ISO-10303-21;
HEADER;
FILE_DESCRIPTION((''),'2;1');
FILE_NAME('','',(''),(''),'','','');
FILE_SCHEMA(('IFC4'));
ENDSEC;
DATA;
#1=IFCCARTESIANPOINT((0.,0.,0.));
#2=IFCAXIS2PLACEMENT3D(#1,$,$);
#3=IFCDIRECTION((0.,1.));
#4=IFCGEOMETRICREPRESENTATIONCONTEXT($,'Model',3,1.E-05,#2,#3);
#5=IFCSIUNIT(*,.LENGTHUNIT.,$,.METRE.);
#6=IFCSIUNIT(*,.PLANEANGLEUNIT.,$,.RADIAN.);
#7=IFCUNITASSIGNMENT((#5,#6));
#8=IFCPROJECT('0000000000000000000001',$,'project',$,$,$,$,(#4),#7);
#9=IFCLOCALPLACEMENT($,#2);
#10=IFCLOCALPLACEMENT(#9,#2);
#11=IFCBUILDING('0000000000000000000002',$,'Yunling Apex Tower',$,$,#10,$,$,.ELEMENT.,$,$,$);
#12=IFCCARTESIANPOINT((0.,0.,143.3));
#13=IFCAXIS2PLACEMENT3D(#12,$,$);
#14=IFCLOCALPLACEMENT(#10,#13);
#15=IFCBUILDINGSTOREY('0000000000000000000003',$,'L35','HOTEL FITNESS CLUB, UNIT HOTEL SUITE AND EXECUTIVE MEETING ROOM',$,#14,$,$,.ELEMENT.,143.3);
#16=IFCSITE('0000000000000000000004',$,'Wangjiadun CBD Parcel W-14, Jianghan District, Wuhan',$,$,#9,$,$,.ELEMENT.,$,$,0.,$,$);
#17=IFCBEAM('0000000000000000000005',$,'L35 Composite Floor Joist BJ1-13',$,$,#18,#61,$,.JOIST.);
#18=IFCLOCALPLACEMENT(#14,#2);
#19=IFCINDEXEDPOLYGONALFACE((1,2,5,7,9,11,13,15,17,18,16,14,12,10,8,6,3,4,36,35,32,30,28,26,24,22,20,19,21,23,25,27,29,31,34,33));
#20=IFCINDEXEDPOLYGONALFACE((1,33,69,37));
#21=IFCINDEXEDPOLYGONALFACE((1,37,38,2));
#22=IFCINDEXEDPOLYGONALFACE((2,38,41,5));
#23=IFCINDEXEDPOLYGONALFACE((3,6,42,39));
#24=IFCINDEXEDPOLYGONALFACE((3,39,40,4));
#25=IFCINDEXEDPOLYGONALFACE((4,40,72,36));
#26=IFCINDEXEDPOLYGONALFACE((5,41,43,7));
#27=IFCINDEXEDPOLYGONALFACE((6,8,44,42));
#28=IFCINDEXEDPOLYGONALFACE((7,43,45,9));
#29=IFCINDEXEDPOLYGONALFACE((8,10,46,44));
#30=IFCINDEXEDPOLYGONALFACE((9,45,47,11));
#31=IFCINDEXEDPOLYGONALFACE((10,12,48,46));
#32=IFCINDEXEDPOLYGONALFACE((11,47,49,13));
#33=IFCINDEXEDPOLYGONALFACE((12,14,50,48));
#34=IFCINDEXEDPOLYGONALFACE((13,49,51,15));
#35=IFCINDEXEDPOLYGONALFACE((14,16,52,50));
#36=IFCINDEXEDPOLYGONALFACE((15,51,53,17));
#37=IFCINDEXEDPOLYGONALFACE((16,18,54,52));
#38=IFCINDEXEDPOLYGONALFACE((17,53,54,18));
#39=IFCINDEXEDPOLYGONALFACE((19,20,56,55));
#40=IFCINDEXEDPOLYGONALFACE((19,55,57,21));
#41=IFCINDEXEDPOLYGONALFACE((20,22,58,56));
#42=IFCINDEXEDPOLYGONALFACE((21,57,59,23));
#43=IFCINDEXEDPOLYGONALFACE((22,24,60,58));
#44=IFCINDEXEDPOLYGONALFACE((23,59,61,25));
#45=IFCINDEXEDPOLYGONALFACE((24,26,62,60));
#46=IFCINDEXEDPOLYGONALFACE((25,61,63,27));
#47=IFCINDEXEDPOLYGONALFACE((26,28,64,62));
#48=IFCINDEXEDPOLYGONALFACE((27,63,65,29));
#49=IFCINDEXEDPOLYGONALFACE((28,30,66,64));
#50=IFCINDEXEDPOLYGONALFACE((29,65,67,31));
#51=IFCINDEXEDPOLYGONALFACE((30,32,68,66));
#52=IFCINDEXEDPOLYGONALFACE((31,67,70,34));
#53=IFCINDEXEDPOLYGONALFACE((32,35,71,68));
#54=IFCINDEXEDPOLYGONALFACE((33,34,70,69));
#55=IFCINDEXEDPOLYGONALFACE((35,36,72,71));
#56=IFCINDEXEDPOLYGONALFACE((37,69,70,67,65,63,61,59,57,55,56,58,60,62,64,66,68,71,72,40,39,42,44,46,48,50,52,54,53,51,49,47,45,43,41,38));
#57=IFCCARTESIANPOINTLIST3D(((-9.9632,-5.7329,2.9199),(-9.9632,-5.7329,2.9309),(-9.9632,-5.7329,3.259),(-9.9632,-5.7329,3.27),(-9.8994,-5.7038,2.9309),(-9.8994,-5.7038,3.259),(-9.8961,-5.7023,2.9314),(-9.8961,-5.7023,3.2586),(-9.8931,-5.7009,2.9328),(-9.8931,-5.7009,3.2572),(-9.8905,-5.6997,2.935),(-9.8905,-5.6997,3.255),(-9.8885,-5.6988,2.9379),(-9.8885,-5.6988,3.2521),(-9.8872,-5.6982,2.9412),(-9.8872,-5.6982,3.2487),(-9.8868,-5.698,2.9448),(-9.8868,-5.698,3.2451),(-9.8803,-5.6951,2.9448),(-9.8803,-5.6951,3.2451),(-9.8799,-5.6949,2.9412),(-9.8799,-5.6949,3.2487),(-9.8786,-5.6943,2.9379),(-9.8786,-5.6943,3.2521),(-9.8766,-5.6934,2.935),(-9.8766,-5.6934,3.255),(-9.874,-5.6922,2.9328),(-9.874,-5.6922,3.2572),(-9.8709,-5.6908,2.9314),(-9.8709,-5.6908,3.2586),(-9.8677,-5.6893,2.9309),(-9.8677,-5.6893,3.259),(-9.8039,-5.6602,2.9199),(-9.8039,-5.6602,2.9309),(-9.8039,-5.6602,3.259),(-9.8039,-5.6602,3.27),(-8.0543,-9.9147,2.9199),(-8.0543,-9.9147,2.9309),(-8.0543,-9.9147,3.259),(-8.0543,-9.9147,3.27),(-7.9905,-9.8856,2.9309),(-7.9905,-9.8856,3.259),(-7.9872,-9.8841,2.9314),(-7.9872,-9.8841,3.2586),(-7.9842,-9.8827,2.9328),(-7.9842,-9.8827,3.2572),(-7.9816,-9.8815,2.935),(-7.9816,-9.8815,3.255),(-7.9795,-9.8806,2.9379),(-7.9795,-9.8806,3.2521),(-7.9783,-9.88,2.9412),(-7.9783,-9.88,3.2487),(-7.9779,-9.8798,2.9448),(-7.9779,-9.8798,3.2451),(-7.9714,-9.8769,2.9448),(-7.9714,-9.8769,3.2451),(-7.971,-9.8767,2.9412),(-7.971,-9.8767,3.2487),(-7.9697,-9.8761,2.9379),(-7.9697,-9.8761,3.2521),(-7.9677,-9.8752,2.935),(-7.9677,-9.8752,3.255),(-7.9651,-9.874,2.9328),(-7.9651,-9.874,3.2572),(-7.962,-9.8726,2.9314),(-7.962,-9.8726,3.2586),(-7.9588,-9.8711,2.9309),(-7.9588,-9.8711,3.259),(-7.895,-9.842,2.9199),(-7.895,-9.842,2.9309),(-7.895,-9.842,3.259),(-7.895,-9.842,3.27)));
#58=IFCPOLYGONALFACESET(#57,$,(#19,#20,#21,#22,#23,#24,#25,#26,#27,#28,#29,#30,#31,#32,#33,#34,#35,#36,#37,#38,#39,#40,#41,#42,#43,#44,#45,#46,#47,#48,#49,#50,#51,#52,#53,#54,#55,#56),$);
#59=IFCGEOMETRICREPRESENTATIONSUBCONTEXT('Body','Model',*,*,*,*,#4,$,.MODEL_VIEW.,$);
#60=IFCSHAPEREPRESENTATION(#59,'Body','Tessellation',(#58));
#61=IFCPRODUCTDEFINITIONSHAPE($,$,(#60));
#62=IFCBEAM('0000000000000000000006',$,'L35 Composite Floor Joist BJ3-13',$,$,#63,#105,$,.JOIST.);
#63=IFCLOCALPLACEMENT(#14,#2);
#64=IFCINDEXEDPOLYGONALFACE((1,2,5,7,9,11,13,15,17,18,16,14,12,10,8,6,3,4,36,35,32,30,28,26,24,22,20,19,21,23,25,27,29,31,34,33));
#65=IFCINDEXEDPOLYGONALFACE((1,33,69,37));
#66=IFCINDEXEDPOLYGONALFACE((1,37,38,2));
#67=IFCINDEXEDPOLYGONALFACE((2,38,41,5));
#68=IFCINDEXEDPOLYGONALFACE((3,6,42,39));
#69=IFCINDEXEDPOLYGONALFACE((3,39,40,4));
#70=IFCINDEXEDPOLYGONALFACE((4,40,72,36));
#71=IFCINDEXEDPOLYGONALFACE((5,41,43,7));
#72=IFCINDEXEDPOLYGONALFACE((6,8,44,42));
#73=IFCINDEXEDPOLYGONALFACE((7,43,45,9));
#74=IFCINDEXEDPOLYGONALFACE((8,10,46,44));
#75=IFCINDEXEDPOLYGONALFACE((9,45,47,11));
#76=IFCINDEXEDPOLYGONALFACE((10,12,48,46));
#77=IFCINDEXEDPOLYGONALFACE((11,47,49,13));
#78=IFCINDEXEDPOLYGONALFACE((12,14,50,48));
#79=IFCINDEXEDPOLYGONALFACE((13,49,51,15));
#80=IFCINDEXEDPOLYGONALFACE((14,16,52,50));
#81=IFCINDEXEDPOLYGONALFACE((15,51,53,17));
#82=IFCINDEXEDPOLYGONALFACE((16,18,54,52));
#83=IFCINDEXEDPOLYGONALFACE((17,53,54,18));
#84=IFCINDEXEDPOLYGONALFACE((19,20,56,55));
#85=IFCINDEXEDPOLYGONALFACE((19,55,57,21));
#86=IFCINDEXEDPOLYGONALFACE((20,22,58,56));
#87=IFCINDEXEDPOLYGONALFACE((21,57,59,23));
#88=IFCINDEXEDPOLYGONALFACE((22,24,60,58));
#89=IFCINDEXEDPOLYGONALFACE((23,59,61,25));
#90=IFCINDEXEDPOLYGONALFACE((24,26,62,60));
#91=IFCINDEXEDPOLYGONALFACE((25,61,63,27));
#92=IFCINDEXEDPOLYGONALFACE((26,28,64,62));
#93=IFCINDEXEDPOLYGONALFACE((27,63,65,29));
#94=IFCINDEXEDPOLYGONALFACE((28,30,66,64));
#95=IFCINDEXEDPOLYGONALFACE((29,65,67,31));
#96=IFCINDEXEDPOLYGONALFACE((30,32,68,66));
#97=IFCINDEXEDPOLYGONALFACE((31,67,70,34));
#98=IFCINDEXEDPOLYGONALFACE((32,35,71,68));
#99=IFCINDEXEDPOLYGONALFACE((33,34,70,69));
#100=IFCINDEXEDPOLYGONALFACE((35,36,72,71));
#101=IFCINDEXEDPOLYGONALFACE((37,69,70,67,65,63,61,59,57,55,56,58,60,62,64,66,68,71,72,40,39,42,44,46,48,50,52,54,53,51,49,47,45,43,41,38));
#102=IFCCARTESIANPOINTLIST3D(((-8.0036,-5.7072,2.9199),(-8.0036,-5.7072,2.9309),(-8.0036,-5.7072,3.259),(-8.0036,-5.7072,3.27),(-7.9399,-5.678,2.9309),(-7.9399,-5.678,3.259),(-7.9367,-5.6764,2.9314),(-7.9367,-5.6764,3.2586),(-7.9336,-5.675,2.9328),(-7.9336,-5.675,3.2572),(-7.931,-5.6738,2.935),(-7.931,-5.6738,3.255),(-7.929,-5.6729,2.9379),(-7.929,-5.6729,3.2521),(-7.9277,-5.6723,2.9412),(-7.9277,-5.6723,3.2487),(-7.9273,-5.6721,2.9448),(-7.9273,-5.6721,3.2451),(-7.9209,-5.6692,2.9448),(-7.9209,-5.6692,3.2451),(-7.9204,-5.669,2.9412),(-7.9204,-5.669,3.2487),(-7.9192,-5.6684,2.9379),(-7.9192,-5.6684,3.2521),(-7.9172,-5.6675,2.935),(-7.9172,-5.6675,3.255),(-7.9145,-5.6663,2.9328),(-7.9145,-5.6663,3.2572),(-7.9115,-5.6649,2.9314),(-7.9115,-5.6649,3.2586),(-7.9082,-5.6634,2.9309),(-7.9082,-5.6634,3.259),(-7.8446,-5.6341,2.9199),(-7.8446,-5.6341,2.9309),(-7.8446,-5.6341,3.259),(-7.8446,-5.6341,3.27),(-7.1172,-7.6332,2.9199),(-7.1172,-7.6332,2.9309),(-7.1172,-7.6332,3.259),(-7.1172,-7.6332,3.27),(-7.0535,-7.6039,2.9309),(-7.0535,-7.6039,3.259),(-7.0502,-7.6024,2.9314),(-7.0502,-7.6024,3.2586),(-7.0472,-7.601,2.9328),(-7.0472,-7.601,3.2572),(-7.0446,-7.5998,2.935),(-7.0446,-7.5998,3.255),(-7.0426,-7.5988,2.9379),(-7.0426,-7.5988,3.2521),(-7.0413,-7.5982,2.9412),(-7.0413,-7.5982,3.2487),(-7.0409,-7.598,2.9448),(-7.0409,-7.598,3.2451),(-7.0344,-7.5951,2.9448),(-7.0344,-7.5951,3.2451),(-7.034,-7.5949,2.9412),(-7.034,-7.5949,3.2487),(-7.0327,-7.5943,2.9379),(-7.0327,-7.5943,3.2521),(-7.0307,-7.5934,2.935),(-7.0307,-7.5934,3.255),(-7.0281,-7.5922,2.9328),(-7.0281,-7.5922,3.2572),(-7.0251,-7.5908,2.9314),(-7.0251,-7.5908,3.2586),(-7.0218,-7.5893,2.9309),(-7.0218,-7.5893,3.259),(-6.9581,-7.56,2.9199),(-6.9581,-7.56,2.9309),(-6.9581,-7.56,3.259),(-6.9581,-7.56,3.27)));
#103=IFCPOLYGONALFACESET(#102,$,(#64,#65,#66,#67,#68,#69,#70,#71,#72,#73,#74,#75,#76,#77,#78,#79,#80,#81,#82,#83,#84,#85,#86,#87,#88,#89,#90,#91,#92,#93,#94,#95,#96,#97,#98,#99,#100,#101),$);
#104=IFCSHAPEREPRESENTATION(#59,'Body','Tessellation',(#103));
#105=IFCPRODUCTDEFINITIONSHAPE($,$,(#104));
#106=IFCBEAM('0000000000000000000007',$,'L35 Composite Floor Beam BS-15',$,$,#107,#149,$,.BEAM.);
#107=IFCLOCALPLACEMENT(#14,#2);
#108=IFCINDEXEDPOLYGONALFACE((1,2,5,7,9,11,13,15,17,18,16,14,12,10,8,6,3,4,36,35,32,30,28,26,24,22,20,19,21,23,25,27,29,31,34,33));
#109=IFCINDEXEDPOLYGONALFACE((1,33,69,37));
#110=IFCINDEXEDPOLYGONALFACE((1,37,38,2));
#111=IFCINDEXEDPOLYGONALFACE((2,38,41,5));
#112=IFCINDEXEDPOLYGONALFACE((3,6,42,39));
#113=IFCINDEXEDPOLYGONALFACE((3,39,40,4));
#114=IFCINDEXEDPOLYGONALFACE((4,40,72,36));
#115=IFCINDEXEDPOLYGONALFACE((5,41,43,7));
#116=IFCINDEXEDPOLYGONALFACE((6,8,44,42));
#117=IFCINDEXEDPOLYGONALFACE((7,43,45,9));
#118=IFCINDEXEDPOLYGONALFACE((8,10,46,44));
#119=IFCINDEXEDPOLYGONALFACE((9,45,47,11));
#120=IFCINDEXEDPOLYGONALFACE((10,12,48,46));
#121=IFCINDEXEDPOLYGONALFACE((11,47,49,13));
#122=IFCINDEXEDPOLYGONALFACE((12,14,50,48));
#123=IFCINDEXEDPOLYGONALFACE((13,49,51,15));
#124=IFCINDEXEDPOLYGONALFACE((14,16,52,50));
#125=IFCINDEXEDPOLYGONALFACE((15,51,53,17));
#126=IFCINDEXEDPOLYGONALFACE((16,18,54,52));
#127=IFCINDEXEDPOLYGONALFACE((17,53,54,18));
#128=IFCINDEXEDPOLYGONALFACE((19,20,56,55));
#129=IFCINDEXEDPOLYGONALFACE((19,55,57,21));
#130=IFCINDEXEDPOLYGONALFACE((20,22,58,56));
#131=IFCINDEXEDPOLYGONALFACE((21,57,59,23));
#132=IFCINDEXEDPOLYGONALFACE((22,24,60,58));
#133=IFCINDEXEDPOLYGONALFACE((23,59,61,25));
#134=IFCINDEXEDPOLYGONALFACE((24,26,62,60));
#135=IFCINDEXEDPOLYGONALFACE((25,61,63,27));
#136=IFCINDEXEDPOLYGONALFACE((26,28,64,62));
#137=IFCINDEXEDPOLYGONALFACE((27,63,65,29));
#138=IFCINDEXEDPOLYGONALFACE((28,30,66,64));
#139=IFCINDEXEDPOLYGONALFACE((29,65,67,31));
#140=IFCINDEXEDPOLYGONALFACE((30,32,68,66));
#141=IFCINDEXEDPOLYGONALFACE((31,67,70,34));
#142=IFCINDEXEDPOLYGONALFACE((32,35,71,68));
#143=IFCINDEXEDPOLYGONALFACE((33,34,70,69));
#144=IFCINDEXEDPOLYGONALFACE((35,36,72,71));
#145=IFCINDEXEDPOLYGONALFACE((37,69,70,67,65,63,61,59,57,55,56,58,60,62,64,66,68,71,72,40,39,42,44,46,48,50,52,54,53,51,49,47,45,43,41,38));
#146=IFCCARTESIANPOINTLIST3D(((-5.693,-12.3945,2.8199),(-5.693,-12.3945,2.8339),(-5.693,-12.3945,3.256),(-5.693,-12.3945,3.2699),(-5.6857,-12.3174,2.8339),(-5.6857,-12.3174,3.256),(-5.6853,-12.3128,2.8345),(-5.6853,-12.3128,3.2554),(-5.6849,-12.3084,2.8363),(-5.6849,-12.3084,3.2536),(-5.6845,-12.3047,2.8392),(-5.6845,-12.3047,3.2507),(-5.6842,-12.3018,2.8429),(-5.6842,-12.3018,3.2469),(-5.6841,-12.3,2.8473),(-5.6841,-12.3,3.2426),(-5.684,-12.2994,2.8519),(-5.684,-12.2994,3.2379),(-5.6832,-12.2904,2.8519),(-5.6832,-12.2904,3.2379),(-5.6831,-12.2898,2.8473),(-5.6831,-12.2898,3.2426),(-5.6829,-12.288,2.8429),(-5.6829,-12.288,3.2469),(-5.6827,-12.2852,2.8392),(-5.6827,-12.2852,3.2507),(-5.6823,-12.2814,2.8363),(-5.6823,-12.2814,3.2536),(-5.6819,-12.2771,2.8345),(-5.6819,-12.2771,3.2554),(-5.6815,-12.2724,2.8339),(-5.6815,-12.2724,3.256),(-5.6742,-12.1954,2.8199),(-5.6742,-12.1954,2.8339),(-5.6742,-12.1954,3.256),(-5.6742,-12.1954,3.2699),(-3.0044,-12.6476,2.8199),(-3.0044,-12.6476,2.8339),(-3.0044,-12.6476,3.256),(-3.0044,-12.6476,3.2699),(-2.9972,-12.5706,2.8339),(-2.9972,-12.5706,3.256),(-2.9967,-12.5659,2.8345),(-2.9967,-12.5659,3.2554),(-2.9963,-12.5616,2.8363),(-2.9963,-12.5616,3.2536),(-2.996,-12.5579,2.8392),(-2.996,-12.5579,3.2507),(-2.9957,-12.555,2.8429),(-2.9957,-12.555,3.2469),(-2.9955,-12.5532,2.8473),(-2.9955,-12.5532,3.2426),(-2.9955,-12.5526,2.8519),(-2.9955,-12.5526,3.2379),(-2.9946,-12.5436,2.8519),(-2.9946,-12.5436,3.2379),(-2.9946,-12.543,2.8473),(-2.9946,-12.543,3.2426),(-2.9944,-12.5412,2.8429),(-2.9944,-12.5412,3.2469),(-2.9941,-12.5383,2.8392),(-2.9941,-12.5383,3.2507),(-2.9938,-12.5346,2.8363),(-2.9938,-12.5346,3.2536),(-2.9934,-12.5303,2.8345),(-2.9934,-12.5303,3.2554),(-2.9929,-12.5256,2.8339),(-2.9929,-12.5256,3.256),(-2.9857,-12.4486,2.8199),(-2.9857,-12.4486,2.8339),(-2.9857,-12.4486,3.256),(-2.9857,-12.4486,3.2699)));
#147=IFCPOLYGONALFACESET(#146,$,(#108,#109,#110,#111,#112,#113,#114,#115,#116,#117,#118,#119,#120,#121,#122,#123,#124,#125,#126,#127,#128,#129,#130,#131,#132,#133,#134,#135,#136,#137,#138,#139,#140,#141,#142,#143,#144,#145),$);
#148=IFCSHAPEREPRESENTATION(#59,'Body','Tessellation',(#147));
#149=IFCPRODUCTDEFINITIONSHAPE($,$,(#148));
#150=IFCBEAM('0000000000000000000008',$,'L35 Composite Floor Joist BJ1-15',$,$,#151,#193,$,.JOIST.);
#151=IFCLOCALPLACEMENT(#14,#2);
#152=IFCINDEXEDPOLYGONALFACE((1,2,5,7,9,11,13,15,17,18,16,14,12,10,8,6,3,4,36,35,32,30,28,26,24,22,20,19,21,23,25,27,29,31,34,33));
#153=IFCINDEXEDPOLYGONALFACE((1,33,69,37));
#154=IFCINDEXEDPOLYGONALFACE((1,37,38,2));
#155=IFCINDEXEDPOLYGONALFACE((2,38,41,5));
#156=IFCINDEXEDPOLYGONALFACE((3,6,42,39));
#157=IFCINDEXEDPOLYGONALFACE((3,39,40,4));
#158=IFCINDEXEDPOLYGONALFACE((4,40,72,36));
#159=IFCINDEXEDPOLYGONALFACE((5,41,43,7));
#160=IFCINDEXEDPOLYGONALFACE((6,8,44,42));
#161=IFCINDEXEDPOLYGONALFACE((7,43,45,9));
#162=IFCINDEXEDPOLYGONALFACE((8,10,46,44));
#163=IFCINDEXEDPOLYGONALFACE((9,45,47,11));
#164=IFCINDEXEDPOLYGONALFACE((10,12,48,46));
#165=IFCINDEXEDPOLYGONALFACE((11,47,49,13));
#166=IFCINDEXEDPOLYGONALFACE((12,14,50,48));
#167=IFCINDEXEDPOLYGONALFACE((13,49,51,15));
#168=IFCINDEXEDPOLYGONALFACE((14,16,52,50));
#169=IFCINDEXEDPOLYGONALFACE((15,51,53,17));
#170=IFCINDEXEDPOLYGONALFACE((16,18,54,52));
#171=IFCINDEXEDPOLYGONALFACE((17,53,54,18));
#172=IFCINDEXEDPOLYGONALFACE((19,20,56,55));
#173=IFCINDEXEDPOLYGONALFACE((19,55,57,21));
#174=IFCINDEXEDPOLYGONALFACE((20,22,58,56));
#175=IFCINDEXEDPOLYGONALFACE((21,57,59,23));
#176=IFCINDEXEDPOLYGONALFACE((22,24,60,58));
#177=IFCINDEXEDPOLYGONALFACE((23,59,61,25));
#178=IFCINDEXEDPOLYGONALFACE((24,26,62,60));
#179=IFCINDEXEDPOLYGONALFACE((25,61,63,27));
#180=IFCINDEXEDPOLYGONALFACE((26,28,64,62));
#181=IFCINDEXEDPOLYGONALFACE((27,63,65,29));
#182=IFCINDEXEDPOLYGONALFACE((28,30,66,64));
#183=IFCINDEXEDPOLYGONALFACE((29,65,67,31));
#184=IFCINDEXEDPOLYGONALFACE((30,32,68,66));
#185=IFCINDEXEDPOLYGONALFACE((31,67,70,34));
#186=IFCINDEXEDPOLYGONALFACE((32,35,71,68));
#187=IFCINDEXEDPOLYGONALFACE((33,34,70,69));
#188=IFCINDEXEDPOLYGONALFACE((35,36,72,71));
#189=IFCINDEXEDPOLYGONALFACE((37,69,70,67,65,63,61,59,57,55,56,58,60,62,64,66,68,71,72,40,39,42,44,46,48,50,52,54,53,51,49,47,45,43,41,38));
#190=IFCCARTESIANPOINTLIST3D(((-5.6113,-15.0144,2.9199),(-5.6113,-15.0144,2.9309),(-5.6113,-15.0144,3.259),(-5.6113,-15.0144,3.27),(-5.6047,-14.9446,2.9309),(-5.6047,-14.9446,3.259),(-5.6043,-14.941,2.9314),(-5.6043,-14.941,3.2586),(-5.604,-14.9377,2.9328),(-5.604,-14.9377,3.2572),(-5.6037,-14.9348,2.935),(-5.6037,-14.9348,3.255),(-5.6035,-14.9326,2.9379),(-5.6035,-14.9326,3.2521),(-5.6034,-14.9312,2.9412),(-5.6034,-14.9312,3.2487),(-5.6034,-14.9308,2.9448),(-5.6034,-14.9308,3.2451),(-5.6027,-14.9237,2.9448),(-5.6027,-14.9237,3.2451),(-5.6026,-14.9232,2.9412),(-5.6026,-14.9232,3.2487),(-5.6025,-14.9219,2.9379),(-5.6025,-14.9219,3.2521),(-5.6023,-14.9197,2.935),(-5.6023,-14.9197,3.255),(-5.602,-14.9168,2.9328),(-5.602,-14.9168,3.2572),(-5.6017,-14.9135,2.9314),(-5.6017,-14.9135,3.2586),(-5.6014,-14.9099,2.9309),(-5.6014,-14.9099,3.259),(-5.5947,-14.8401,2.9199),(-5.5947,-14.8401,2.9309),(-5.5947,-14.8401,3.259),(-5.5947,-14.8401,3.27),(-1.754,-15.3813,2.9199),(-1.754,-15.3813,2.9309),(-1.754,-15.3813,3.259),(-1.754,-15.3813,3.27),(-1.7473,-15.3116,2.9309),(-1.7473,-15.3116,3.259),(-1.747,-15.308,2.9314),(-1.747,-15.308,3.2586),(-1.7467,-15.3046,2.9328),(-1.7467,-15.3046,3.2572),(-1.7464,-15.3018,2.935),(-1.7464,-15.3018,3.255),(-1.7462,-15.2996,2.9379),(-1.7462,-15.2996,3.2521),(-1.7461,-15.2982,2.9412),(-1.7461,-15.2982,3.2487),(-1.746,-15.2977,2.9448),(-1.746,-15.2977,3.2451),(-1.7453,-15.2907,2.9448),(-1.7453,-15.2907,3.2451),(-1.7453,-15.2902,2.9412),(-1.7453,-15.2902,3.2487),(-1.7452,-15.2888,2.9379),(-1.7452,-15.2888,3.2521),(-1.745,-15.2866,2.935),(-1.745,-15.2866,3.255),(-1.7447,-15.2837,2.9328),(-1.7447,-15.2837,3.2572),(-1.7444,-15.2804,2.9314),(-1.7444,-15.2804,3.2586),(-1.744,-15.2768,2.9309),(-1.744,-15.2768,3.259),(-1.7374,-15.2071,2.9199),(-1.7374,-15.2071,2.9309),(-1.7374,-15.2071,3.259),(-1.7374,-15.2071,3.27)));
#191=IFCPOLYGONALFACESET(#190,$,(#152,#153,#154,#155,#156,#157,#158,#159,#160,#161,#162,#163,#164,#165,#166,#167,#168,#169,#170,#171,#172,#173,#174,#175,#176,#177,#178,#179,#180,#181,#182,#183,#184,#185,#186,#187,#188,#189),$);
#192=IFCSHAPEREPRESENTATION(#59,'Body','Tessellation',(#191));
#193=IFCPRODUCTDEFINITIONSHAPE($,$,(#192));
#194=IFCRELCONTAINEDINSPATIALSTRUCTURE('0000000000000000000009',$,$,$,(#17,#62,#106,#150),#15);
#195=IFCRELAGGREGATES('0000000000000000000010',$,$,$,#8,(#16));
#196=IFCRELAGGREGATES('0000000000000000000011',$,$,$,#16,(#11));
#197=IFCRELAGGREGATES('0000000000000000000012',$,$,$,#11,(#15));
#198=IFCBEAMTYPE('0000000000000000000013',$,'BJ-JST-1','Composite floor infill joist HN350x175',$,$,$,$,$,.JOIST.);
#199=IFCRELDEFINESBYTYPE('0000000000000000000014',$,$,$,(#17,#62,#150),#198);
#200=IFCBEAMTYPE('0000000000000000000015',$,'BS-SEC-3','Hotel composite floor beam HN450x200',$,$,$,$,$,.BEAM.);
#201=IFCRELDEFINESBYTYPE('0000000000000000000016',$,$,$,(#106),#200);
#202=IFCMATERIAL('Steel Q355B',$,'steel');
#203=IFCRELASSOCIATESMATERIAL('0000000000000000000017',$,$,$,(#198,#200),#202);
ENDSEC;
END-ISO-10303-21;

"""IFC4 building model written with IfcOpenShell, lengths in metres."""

from ifc_helpers import new_model, si_unit, direction, frame, origin, origin_2d, place, context, subcontext, project, spatial, i_section, extrude, source, transform, mapped, material, material_profile, profile_set, type_object, element, save


model = new_model("IFC4")

# Units and contexts
model_context = context("Model", 3, precision=1e-05, world=origin(), true_north=direction((0.0, 1.0)))
body_context = subcontext(model_context, "Body", "Model", "MODEL_VIEW")
ifc_project = project(units=[si_unit("LENGTHUNIT", "METRE"), si_unit("PLANEANGLEUNIT", "RADIAN")], contexts=[model_context])

# Site, building, storey
site_placement = place(None, origin())
site = spatial("IfcSite", under=ifc_project, at=site_placement, Name="Wangjiadun CBD Parcel W-14, Jianghan District, Wuhan", CompositionType="ELEMENT", RefElevation=0.0)
building_placement = place(site_placement, origin())
building = spatial("IfcBuilding", under=site, at=building_placement, Name="Yunling Apex Tower", CompositionType="ELEMENT")
storey_placement = place(building_placement, frame((0.0, 0.0, 143.3)))
storey = spatial("IfcBuildingStorey", under=building, at=storey_placement, Name="L35", Description="HOTEL FITNESS CLUB, UNIT HOTEL SUITE AND EXECUTIVE MEETING ROOM", CompositionType="ELEMENT", Elevation=143.3)

# Beams
ifc_material_1 = material(Name="Steel Q355B", Category="steel")
ifc_material_profile_1 = material_profile(ifc_material_1, i_section(OverallWidth=0.175, OverallDepth=0.3501, WebThickness=0.0071, FlangeThickness=0.011, FilletRadius=0.0139, at=origin_2d()))
ifc_profile_set_1 = profile_set([ifc_material_profile_1], Name="Steel Q355B")
beam_type_1 = type_object("IfcBeamType", Name="BJ-JST-1", Description="Composite floor infill joist HN350x175", PredefinedType="JOIST", material=ifc_profile_set_1)
ifc_material_profile_2 = material_profile(ifc_material_1, i_section(OverallWidth=0.2, OverallDepth=0.45, WebThickness=0.009, FlangeThickness=0.0139, FilletRadius=0.0181, at=origin_2d()))
ifc_profile_set_2 = profile_set([ifc_material_profile_2], Name="Steel Q355B")
beam_type_2 = type_object("IfcBeamType", Name="BS-SEC-3", Description="Hotel composite floor beam HN450x200", PredefinedType="BEAM", material=ifc_profile_set_2)
shared_shape_1 = source(origin(), body_context, "Body", "SweptSolid", [
    extrude(i_section(OverallWidth=0.175, OverallDepth=0.3501, WebThickness=0.0071, FlangeThickness=0.011, FilletRadius=0.0139, at=origin_2d()), origin(), (0.0, 0.0, 1.0), 4.5969),
])
beam_1_placement = place(storey_placement, frame((-9.8835, -5.6965, 3.095), z_axis=(0.415259, -0.909703, 0.0), x_axis=(0.909703, 0.415259, 0.0)))
element("IfcBeam", 1, at=beam_1_placement, inside=storey, type_object=beam_type_1, Name="L35 Composite Floor Joist BJ1-13", PredefinedType="JOIST", context=body_context, shape_type="MappedRepresentation", body=[
    mapped(shared_shape_1, transform((0.0, 0.0, 0.0), scale=1.0)),
])
shared_shape_2 = source(origin(), body_context, "Body", "SweptSolid", [
    extrude(i_section(OverallWidth=0.175, OverallDepth=0.3501, WebThickness=0.0071, FlangeThickness=0.011, FilletRadius=0.0139, at=origin_2d()), origin(), (0.0, 0.0, 1.0), 2.1201),
])
beam_2_placement = place(storey_placement, frame((-7.9241, -5.6707, 3.095), z_axis=(0.418101, -0.9084, 0.0), x_axis=(0.9084, 0.418101, 0.0)))
element("IfcBeam", 2, at=beam_2_placement, inside=storey, type_object=beam_type_1, Name="L35 Composite Floor Joist BJ3-13", PredefinedType="JOIST", context=body_context, shape_type="MappedRepresentation", body=[
    mapped(shared_shape_2, transform((0.0, 0.0, 0.0), scale=1.0)),
])
shared_shape_3 = source(origin(), body_context, "Body", "SweptSolid", [
    extrude(i_section(OverallWidth=0.2, OverallDepth=0.45, WebThickness=0.009, FlangeThickness=0.0139, FilletRadius=0.0181, at=origin_2d()), origin(), (0.0, 0.0, 1.0), 2.7004),
])
beam_3_placement = place(storey_placement, frame((-5.6836, -12.2949, 3.0449), z_axis=(0.995595, -0.093755, 0.0), x_axis=(0.093755, 0.995595, 0.0)))
element("IfcBeam", 3, at=beam_3_placement, inside=storey, type_object=beam_type_2, Name="L35 Composite Floor Beam BS-15", PredefinedType="BEAM", context=body_context, shape_type="MappedRepresentation", body=[
    mapped(shared_shape_3, transform((0.0, 0.0, 0.0), scale=1.0)),
])
shared_shape_4 = source(origin(), body_context, "Body", "SweptSolid", [
    extrude(i_section(OverallWidth=0.175, OverallDepth=0.3501, WebThickness=0.0071, FlangeThickness=0.011, FilletRadius=0.0139, at=origin_2d()), origin(), (0.0, 0.0, 1.0), 3.8748),
])
beam_4_placement = place(storey_placement, frame((-5.603, -14.9272, 3.095), z_axis=(0.995506, -0.094699, 0.0), x_axis=(0.094699, 0.995506, 0.0)))
element("IfcBeam", 4, at=beam_4_placement, inside=storey, type_object=beam_type_1, Name="L35 Composite Floor Joist BJ1-15", PredefinedType="JOIST", context=body_context, shape_type="MappedRepresentation", body=[
    mapped(shared_shape_4, transform((0.0, 0.0, 0.0), scale=1.0)),
])

save(model, "model.ifc")
